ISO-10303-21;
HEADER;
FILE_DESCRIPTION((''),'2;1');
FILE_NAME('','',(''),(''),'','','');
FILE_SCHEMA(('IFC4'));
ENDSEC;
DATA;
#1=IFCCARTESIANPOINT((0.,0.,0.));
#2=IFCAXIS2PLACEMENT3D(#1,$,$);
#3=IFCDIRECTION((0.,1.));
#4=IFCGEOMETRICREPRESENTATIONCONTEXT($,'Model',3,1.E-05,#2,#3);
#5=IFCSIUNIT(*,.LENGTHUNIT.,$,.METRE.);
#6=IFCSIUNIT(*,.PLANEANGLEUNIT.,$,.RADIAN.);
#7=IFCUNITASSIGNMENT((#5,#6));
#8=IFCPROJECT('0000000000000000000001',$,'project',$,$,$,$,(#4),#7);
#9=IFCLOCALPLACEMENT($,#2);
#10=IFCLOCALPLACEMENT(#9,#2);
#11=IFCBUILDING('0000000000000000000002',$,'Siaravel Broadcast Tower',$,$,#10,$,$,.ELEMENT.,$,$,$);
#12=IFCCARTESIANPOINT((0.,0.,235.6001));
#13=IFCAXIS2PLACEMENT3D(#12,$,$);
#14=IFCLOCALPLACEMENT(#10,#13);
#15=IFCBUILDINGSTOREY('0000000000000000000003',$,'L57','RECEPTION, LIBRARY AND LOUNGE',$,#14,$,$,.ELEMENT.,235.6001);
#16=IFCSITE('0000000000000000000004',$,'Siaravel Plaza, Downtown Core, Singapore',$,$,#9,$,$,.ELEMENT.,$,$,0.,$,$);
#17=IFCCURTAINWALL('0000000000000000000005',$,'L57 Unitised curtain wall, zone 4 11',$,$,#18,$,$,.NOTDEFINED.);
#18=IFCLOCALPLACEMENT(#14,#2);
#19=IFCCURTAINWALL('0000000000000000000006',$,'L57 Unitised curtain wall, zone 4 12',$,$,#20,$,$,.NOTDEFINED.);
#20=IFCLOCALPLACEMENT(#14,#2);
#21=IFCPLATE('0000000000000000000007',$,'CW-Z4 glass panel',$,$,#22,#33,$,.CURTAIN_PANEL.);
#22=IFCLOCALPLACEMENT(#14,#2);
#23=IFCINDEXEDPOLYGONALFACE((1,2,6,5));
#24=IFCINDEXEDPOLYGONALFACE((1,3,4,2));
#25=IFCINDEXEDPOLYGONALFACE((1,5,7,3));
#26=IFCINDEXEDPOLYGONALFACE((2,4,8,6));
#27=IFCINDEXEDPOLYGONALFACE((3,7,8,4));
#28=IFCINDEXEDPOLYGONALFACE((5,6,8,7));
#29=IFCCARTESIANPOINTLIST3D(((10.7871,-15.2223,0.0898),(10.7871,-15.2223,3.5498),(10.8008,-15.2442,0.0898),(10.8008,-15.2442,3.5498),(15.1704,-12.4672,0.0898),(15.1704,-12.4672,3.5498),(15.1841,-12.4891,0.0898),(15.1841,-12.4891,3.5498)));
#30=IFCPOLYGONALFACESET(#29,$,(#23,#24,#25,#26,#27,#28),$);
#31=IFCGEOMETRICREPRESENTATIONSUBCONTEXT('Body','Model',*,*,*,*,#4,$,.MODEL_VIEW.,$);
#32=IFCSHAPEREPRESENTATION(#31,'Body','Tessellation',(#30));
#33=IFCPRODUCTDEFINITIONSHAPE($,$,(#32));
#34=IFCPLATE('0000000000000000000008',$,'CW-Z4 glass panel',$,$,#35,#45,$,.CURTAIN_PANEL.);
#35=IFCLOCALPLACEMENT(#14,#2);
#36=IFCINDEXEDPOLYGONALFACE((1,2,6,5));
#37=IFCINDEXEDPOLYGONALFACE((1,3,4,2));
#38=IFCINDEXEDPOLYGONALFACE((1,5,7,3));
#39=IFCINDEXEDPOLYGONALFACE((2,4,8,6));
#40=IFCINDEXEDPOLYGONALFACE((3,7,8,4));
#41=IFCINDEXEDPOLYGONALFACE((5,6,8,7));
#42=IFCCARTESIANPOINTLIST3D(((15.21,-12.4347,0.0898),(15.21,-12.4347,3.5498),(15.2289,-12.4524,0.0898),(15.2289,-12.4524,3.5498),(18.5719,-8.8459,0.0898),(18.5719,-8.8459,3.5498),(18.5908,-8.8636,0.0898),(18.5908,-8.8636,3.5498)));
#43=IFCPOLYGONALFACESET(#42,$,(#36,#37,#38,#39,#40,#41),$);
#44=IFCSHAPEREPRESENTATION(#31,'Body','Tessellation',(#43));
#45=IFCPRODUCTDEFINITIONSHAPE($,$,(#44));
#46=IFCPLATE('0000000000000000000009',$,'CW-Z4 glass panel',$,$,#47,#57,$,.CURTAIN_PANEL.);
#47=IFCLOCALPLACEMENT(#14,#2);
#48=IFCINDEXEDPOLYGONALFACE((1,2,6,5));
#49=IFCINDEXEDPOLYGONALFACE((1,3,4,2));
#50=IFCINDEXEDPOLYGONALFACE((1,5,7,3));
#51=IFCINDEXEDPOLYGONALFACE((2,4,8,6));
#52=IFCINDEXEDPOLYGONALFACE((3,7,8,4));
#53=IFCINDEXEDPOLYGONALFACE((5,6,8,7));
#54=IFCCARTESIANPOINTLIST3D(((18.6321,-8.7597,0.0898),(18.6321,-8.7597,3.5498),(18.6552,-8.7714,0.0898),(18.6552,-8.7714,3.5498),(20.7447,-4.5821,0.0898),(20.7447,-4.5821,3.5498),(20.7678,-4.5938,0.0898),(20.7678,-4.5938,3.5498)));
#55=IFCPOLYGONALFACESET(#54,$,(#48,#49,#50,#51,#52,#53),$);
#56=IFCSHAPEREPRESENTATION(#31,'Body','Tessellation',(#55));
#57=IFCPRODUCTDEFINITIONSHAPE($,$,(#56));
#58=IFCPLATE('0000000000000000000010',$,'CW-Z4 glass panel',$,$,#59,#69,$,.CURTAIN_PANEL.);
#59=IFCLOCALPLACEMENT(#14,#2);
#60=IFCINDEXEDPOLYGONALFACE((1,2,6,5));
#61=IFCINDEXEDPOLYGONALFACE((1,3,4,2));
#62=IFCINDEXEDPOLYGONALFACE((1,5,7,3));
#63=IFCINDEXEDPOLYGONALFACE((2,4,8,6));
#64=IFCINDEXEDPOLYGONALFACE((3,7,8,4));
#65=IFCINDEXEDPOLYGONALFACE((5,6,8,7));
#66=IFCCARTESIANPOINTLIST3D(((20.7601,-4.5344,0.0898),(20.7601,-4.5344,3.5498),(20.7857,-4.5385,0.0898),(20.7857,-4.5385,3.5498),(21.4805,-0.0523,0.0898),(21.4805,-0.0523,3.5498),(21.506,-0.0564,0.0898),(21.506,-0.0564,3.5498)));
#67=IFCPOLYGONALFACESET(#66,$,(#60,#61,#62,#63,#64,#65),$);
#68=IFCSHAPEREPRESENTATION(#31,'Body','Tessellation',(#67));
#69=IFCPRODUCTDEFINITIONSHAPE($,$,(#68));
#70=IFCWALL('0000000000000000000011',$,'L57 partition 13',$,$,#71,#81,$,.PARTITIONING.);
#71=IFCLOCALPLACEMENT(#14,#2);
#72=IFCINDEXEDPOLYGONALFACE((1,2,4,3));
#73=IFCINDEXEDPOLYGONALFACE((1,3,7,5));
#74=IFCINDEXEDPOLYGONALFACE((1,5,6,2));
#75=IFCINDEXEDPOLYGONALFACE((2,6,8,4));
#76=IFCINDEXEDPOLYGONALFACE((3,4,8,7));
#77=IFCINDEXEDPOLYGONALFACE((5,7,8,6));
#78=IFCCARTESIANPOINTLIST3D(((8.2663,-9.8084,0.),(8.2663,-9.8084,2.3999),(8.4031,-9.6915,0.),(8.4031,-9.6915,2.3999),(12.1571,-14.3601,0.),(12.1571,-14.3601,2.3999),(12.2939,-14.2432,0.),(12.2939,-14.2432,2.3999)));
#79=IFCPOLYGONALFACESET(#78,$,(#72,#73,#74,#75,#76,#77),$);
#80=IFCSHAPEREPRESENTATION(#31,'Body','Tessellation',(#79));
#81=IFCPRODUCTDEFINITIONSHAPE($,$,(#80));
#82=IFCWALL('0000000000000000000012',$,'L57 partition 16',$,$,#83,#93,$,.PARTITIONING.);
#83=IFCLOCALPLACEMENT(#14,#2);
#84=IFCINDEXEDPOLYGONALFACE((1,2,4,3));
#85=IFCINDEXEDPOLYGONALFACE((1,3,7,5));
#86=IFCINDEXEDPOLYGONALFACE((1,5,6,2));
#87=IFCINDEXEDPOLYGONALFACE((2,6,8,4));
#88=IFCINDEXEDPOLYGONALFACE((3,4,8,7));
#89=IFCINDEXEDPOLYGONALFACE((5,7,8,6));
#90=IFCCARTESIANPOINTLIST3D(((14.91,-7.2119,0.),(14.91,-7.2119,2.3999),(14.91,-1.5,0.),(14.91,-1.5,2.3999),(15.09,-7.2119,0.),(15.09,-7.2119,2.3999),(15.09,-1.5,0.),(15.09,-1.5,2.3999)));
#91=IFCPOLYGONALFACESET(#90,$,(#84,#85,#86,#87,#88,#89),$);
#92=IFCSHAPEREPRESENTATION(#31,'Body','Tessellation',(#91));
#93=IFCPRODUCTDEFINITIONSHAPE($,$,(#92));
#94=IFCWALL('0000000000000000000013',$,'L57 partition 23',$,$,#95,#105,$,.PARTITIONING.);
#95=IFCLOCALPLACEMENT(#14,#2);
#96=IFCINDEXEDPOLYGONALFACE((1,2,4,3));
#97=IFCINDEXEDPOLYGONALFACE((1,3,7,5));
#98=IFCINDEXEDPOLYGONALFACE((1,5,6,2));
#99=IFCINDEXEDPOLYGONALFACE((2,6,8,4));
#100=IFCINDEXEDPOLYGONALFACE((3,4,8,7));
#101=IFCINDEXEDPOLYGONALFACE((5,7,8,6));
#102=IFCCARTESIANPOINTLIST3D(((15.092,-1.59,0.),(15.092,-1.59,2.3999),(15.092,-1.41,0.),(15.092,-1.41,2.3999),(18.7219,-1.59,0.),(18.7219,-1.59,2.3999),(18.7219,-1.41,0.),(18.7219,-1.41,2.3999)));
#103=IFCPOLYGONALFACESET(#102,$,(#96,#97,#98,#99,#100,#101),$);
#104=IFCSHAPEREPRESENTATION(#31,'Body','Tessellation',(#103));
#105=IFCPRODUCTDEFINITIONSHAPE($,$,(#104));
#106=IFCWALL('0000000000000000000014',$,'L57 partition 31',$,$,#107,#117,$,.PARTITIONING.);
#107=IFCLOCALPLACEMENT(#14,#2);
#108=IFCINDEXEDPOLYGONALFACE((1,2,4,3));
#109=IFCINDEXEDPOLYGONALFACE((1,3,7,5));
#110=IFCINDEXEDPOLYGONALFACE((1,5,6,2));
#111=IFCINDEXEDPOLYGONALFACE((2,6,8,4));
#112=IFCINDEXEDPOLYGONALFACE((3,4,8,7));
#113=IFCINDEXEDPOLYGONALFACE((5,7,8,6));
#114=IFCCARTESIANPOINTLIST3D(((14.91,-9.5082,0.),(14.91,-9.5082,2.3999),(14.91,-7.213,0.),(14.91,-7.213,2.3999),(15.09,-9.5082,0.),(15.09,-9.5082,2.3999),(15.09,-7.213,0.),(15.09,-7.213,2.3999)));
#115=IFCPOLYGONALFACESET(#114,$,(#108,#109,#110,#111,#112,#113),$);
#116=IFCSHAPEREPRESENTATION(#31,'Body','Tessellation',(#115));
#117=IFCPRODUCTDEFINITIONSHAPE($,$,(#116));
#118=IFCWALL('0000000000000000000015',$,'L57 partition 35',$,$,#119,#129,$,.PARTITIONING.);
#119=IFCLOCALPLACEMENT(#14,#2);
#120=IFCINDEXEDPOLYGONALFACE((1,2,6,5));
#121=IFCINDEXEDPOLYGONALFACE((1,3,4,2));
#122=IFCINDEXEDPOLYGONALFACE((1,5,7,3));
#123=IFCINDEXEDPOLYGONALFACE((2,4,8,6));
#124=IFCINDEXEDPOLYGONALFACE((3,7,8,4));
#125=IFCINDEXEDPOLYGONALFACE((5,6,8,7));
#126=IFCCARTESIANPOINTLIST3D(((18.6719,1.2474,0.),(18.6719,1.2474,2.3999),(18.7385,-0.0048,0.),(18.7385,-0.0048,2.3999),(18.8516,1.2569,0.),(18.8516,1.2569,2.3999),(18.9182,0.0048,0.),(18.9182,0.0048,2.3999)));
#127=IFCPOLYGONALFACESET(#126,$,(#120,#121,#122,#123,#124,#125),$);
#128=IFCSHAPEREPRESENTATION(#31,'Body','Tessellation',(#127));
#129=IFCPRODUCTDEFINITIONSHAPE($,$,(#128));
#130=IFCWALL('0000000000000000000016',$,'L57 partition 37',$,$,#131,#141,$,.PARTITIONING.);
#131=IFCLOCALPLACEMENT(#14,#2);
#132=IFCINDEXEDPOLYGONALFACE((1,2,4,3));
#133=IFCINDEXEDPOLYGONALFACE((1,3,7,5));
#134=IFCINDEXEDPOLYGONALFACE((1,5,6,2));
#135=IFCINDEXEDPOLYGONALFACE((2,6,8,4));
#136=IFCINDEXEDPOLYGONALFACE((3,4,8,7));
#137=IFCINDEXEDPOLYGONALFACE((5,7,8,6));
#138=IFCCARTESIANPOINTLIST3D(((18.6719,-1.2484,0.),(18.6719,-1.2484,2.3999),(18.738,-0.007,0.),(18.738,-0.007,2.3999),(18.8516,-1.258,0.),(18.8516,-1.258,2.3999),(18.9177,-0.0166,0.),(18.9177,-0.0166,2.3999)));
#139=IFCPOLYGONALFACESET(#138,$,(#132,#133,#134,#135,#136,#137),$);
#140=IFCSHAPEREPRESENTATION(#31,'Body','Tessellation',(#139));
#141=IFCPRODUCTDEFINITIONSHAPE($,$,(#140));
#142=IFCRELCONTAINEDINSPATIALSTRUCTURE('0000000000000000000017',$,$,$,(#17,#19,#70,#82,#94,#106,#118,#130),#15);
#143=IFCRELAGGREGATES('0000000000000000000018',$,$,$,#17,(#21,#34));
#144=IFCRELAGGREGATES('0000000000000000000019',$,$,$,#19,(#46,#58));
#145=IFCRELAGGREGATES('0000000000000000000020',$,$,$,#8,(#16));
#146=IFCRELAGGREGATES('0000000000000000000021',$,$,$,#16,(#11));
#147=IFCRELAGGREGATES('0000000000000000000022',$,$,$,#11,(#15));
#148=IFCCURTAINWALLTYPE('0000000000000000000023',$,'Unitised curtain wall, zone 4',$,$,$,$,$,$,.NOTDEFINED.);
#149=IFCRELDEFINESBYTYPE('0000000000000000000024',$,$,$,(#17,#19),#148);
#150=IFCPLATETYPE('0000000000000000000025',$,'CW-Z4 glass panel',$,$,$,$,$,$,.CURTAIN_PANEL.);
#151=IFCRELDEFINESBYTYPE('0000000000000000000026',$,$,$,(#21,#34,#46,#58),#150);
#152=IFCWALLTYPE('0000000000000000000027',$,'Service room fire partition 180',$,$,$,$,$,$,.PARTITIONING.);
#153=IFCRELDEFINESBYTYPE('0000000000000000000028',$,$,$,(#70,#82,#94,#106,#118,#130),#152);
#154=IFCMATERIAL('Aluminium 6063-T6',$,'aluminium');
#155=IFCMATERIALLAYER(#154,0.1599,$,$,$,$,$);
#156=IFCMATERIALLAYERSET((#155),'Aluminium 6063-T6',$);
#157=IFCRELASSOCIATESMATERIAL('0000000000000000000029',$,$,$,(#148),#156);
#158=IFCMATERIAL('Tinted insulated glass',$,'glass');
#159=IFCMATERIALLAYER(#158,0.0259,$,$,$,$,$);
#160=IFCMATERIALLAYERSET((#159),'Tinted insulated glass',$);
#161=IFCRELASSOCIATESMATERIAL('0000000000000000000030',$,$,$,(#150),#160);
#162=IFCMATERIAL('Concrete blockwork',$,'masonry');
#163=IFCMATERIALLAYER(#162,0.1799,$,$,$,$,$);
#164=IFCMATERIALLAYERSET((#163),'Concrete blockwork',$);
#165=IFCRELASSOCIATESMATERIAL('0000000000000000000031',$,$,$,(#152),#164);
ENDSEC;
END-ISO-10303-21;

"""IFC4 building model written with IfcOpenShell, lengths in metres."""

from ifc_helpers import new_model, si_unit, direction, frame, frame_2d, origin, origin_2d, place, context, subcontext, project, spatial, rectangle, extrude, material, layer, layer_set, type_object, element, aggregate, save


model = new_model("IFC4")

# Units and contexts
model_context = context("Model", 3, precision=1e-05, world=origin(), true_north=direction((0.0, 1.0)))
body_context = subcontext(model_context, "Body", "Model", "MODEL_VIEW")
ifc_project = project(units=[si_unit("LENGTHUNIT", "METRE"), si_unit("PLANEANGLEUNIT", "RADIAN")], contexts=[model_context])

# Site, building, storey
site_placement = place(None, origin())
site = spatial("IfcSite", under=ifc_project, at=site_placement, Name="Siaravel Plaza, Downtown Core, Singapore", CompositionType="ELEMENT", RefElevation=0.0)
building_placement = place(site_placement, origin())
building = spatial("IfcBuilding", under=site, at=building_placement, Name="Siaravel Broadcast Tower", CompositionType="ELEMENT")
storey_placement = place(building_placement, frame((0.0, 0.0, 235.6001)))
storey = spatial("IfcBuildingStorey", under=building, at=storey_placement, Name="L57", Description="RECEPTION, LIBRARY AND LOUNGE", CompositionType="ELEMENT", Elevation=235.6001)

# Shared definitions
ifc_material_1 = material(Name="Aluminium 6063-T6", Category="aluminium")
ifc_layer_1 = layer(ifc_material_1, 0.1599)
ifc_layer_set_1 = layer_set([ifc_layer_1], Name="Aluminium 6063-T6")
curtain_wall_type = type_object("IfcCurtainWallType", Name="Unitised curtain wall, zone 4", PredefinedType="NOTDEFINED", material=ifc_layer_set_1)

# Curtain walls
curtain_wall_1_placement = place(storey_placement, origin())
curtain_wall_1 = element("IfcCurtainWall", 1, at=curtain_wall_1_placement, inside=storey, type_object=curtain_wall_type, Name="L57 Unitised curtain wall, zone 4 11", PredefinedType="NOTDEFINED")
curtain_wall_2_placement = place(storey_placement, origin())
curtain_wall_2 = element("IfcCurtainWall", 2, at=curtain_wall_2_placement, inside=storey, type_object=curtain_wall_type, Name="L57 Unitised curtain wall, zone 4 12", PredefinedType="NOTDEFINED")

# Plates
ifc_material_2 = material(Name="Tinted insulated glass", Category="glass")
ifc_layer_2 = layer(ifc_material_2, 0.0259)
ifc_layer_set_2 = layer_set([ifc_layer_2], Name="Tinted insulated glass")
plate_type = type_object("IfcPlateType", Name="CW-Z4 glass panel", PredefinedType="CURTAIN_PANEL", material=ifc_layer_set_2)
plate_1_placement = place(storey_placement, frame((12.9856, -13.8557, 0.0898), z_axis=(0.0, 0.0, 1.0), x_axis=(0.84665, 0.53215, 0.0)))
plate_1 = element("IfcPlate", 3, at=plate_1_placement, type_object=plate_type, Name="CW-Z4 glass panel", PredefinedType="CURTAIN_PANEL", context=body_context, shape_type="SweptSolid", body=[
    extrude(rectangle(XDim=5.1772, YDim=0.0259, at=origin_2d()), origin(), (0.0, 0.0, 1.0), 3.46),
])
plate_2_placement = place(storey_placement, frame((16.9004, -10.6492, 0.0898), z_axis=(0.0, 0.0, 1.0), x_axis=(0.683654, 0.729806, 0.0)))
plate_2 = element("IfcPlate", 4, at=plate_2_placement, type_object=plate_type, Name="CW-Z4 glass panel", PredefinedType="CURTAIN_PANEL", context=body_context, shape_type="SweptSolid", body=[
    extrude(rectangle(XDim=4.9175, YDim=0.0259, at=origin_2d()), origin(), (0.0, 0.0, 1.0), 3.46),
])
aggregate(curtain_wall_1, [plate_1, plate_2])
plate_3_placement = place(storey_placement, frame((19.7, -6.6768, 0.0898), z_axis=(0.0, 0.0, 1.0), x_axis=(0.451259, 0.892393, 0.0)))
plate_3 = element("IfcPlate", 5, at=plate_3_placement, type_object=plate_type, Name="CW-Z4 glass panel", PredefinedType="CURTAIN_PANEL", context=body_context, shape_type="SweptSolid", body=[
    extrude(rectangle(XDim=4.6814, YDim=0.0259, at=origin_2d()), origin(), (0.0, 0.0, 1.0), 3.46),
])
plate_4_placement = place(storey_placement, frame((21.1331, -2.2954, 0.0898), z_axis=(0.0, 0.0, 1.0), x_axis=(0.158685, 0.987329, 0.0)))
plate_4 = element("IfcPlate", 6, at=plate_4_placement, type_object=plate_type, Name="CW-Z4 glass panel", PredefinedType="CURTAIN_PANEL", context=body_context, shape_type="SweptSolid", body=[
    extrude(rectangle(XDim=4.5396, YDim=0.0259, at=origin_2d()), origin(), (0.0, 0.0, 1.0), 3.46),
])
aggregate(curtain_wall_2, [plate_3, plate_4])

# Walls
ifc_material_3 = material(Name="Concrete blockwork", Category="masonry")
ifc_layer_3 = layer(ifc_material_3, 0.1799)
ifc_layer_set_3 = layer_set([ifc_layer_3], Name="Concrete blockwork")
wall_type = type_object("IfcWallType", Name="Service room fire partition 180", PredefinedType="PARTITIONING", material=ifc_layer_set_3)
wall_1_placement = place(storey_placement, frame((12.2256, -14.3018, 0.0), z_axis=(0.0, 0.0, 1.0), x_axis=(-0.649767, 0.760134, 0.0)))
element("IfcWall", 7, at=wall_1_placement, inside=storey, type_object=wall_type, Name="L57 partition 13", PredefinedType="PARTITIONING", context=body_context, shape_type="SweptSolid", body=[
    extrude(rectangle(XDim=5.988, YDim=0.1799, at=frame_2d((2.9941, 0.0))), origin(), (0.0, 0.0, 1.0), 2.3999),
])
wall_2_placement = place(storey_placement, frame((15.0, -7.2119, 0.0), z_axis=(0.0, 0.0, 1.0), x_axis=(0.0, 1.0, 0.0)))
element("IfcWall", 8, at=wall_2_placement, inside=storey, type_object=wall_type, Name="L57 partition 16", PredefinedType="PARTITIONING", context=body_context, shape_type="SweptSolid", body=[
    extrude(rectangle(XDim=5.7119, YDim=0.1799, at=frame_2d((2.856, 0.0))), origin(), (0.0, 0.0, 1.0), 2.3999),
])
wall_3_placement = place(storey_placement, frame((15.092, -1.5, 0.0), z_axis=(0.0, 0.0, 1.0), x_axis=(1.0, 0.0, 0.0)))
element("IfcWall", 9, at=wall_3_placement, inside=storey, type_object=wall_type, Name="L57 partition 23", PredefinedType="PARTITIONING", context=body_context, shape_type="SweptSolid", body=[
    extrude(rectangle(XDim=3.6299, YDim=0.1799, at=frame_2d((1.8149, 0.0))), origin(), (0.0, 0.0, 1.0), 2.3999),
])
wall_4_placement = place(storey_placement, frame((15.0, -9.5081, 0.0), z_axis=(0.0, 0.0, 1.0), x_axis=(0.0, 1.0, 0.0)))
element("IfcWall", 10, at=wall_4_placement, inside=storey, type_object=wall_type, Name="L57 partition 31", PredefinedType="PARTITIONING", context=body_context, shape_type="SweptSolid", body=[
    extrude(rectangle(XDim=2.2952, YDim=0.1799, at=frame_2d((1.1475, 0.0))), origin(), (0.0, 0.0, 1.0), 2.3999),
])
wall_5_placement = place(storey_placement, frame((18.8284, 0.0, 0.0), z_axis=(0.0, 0.0, 1.0), x_axis=(-0.053152, 0.998586, 0.0)))
element("IfcWall", 11, at=wall_5_placement, inside=storey, type_object=wall_type, Name="L57 partition 35", PredefinedType="PARTITIONING", context=body_context, shape_type="SweptSolid", body=[
    extrude(rectangle(XDim=1.2539, YDim=0.1799, at=frame_2d((0.627, 0.0))), origin(), (0.0, 0.0, 1.0), 2.3999),
])
wall_6_placement = place(storey_placement, frame((18.7617, -1.2532, 0.0), z_axis=(0.0, 0.0, 1.0), x_axis=(0.053218, 0.998583, 0.0)))
element("IfcWall", 12, at=wall_6_placement, inside=storey, type_object=wall_type, Name="L57 partition 37", PredefinedType="PARTITIONING", context=body_context, shape_type="SweptSolid", body=[
    extrude(rectangle(XDim=1.2432, YDim=0.1799, at=frame_2d((0.6216, 0.0))), origin(), (0.0, 0.0, 1.0), 2.3999),
])

save(model, "model.ifc")
